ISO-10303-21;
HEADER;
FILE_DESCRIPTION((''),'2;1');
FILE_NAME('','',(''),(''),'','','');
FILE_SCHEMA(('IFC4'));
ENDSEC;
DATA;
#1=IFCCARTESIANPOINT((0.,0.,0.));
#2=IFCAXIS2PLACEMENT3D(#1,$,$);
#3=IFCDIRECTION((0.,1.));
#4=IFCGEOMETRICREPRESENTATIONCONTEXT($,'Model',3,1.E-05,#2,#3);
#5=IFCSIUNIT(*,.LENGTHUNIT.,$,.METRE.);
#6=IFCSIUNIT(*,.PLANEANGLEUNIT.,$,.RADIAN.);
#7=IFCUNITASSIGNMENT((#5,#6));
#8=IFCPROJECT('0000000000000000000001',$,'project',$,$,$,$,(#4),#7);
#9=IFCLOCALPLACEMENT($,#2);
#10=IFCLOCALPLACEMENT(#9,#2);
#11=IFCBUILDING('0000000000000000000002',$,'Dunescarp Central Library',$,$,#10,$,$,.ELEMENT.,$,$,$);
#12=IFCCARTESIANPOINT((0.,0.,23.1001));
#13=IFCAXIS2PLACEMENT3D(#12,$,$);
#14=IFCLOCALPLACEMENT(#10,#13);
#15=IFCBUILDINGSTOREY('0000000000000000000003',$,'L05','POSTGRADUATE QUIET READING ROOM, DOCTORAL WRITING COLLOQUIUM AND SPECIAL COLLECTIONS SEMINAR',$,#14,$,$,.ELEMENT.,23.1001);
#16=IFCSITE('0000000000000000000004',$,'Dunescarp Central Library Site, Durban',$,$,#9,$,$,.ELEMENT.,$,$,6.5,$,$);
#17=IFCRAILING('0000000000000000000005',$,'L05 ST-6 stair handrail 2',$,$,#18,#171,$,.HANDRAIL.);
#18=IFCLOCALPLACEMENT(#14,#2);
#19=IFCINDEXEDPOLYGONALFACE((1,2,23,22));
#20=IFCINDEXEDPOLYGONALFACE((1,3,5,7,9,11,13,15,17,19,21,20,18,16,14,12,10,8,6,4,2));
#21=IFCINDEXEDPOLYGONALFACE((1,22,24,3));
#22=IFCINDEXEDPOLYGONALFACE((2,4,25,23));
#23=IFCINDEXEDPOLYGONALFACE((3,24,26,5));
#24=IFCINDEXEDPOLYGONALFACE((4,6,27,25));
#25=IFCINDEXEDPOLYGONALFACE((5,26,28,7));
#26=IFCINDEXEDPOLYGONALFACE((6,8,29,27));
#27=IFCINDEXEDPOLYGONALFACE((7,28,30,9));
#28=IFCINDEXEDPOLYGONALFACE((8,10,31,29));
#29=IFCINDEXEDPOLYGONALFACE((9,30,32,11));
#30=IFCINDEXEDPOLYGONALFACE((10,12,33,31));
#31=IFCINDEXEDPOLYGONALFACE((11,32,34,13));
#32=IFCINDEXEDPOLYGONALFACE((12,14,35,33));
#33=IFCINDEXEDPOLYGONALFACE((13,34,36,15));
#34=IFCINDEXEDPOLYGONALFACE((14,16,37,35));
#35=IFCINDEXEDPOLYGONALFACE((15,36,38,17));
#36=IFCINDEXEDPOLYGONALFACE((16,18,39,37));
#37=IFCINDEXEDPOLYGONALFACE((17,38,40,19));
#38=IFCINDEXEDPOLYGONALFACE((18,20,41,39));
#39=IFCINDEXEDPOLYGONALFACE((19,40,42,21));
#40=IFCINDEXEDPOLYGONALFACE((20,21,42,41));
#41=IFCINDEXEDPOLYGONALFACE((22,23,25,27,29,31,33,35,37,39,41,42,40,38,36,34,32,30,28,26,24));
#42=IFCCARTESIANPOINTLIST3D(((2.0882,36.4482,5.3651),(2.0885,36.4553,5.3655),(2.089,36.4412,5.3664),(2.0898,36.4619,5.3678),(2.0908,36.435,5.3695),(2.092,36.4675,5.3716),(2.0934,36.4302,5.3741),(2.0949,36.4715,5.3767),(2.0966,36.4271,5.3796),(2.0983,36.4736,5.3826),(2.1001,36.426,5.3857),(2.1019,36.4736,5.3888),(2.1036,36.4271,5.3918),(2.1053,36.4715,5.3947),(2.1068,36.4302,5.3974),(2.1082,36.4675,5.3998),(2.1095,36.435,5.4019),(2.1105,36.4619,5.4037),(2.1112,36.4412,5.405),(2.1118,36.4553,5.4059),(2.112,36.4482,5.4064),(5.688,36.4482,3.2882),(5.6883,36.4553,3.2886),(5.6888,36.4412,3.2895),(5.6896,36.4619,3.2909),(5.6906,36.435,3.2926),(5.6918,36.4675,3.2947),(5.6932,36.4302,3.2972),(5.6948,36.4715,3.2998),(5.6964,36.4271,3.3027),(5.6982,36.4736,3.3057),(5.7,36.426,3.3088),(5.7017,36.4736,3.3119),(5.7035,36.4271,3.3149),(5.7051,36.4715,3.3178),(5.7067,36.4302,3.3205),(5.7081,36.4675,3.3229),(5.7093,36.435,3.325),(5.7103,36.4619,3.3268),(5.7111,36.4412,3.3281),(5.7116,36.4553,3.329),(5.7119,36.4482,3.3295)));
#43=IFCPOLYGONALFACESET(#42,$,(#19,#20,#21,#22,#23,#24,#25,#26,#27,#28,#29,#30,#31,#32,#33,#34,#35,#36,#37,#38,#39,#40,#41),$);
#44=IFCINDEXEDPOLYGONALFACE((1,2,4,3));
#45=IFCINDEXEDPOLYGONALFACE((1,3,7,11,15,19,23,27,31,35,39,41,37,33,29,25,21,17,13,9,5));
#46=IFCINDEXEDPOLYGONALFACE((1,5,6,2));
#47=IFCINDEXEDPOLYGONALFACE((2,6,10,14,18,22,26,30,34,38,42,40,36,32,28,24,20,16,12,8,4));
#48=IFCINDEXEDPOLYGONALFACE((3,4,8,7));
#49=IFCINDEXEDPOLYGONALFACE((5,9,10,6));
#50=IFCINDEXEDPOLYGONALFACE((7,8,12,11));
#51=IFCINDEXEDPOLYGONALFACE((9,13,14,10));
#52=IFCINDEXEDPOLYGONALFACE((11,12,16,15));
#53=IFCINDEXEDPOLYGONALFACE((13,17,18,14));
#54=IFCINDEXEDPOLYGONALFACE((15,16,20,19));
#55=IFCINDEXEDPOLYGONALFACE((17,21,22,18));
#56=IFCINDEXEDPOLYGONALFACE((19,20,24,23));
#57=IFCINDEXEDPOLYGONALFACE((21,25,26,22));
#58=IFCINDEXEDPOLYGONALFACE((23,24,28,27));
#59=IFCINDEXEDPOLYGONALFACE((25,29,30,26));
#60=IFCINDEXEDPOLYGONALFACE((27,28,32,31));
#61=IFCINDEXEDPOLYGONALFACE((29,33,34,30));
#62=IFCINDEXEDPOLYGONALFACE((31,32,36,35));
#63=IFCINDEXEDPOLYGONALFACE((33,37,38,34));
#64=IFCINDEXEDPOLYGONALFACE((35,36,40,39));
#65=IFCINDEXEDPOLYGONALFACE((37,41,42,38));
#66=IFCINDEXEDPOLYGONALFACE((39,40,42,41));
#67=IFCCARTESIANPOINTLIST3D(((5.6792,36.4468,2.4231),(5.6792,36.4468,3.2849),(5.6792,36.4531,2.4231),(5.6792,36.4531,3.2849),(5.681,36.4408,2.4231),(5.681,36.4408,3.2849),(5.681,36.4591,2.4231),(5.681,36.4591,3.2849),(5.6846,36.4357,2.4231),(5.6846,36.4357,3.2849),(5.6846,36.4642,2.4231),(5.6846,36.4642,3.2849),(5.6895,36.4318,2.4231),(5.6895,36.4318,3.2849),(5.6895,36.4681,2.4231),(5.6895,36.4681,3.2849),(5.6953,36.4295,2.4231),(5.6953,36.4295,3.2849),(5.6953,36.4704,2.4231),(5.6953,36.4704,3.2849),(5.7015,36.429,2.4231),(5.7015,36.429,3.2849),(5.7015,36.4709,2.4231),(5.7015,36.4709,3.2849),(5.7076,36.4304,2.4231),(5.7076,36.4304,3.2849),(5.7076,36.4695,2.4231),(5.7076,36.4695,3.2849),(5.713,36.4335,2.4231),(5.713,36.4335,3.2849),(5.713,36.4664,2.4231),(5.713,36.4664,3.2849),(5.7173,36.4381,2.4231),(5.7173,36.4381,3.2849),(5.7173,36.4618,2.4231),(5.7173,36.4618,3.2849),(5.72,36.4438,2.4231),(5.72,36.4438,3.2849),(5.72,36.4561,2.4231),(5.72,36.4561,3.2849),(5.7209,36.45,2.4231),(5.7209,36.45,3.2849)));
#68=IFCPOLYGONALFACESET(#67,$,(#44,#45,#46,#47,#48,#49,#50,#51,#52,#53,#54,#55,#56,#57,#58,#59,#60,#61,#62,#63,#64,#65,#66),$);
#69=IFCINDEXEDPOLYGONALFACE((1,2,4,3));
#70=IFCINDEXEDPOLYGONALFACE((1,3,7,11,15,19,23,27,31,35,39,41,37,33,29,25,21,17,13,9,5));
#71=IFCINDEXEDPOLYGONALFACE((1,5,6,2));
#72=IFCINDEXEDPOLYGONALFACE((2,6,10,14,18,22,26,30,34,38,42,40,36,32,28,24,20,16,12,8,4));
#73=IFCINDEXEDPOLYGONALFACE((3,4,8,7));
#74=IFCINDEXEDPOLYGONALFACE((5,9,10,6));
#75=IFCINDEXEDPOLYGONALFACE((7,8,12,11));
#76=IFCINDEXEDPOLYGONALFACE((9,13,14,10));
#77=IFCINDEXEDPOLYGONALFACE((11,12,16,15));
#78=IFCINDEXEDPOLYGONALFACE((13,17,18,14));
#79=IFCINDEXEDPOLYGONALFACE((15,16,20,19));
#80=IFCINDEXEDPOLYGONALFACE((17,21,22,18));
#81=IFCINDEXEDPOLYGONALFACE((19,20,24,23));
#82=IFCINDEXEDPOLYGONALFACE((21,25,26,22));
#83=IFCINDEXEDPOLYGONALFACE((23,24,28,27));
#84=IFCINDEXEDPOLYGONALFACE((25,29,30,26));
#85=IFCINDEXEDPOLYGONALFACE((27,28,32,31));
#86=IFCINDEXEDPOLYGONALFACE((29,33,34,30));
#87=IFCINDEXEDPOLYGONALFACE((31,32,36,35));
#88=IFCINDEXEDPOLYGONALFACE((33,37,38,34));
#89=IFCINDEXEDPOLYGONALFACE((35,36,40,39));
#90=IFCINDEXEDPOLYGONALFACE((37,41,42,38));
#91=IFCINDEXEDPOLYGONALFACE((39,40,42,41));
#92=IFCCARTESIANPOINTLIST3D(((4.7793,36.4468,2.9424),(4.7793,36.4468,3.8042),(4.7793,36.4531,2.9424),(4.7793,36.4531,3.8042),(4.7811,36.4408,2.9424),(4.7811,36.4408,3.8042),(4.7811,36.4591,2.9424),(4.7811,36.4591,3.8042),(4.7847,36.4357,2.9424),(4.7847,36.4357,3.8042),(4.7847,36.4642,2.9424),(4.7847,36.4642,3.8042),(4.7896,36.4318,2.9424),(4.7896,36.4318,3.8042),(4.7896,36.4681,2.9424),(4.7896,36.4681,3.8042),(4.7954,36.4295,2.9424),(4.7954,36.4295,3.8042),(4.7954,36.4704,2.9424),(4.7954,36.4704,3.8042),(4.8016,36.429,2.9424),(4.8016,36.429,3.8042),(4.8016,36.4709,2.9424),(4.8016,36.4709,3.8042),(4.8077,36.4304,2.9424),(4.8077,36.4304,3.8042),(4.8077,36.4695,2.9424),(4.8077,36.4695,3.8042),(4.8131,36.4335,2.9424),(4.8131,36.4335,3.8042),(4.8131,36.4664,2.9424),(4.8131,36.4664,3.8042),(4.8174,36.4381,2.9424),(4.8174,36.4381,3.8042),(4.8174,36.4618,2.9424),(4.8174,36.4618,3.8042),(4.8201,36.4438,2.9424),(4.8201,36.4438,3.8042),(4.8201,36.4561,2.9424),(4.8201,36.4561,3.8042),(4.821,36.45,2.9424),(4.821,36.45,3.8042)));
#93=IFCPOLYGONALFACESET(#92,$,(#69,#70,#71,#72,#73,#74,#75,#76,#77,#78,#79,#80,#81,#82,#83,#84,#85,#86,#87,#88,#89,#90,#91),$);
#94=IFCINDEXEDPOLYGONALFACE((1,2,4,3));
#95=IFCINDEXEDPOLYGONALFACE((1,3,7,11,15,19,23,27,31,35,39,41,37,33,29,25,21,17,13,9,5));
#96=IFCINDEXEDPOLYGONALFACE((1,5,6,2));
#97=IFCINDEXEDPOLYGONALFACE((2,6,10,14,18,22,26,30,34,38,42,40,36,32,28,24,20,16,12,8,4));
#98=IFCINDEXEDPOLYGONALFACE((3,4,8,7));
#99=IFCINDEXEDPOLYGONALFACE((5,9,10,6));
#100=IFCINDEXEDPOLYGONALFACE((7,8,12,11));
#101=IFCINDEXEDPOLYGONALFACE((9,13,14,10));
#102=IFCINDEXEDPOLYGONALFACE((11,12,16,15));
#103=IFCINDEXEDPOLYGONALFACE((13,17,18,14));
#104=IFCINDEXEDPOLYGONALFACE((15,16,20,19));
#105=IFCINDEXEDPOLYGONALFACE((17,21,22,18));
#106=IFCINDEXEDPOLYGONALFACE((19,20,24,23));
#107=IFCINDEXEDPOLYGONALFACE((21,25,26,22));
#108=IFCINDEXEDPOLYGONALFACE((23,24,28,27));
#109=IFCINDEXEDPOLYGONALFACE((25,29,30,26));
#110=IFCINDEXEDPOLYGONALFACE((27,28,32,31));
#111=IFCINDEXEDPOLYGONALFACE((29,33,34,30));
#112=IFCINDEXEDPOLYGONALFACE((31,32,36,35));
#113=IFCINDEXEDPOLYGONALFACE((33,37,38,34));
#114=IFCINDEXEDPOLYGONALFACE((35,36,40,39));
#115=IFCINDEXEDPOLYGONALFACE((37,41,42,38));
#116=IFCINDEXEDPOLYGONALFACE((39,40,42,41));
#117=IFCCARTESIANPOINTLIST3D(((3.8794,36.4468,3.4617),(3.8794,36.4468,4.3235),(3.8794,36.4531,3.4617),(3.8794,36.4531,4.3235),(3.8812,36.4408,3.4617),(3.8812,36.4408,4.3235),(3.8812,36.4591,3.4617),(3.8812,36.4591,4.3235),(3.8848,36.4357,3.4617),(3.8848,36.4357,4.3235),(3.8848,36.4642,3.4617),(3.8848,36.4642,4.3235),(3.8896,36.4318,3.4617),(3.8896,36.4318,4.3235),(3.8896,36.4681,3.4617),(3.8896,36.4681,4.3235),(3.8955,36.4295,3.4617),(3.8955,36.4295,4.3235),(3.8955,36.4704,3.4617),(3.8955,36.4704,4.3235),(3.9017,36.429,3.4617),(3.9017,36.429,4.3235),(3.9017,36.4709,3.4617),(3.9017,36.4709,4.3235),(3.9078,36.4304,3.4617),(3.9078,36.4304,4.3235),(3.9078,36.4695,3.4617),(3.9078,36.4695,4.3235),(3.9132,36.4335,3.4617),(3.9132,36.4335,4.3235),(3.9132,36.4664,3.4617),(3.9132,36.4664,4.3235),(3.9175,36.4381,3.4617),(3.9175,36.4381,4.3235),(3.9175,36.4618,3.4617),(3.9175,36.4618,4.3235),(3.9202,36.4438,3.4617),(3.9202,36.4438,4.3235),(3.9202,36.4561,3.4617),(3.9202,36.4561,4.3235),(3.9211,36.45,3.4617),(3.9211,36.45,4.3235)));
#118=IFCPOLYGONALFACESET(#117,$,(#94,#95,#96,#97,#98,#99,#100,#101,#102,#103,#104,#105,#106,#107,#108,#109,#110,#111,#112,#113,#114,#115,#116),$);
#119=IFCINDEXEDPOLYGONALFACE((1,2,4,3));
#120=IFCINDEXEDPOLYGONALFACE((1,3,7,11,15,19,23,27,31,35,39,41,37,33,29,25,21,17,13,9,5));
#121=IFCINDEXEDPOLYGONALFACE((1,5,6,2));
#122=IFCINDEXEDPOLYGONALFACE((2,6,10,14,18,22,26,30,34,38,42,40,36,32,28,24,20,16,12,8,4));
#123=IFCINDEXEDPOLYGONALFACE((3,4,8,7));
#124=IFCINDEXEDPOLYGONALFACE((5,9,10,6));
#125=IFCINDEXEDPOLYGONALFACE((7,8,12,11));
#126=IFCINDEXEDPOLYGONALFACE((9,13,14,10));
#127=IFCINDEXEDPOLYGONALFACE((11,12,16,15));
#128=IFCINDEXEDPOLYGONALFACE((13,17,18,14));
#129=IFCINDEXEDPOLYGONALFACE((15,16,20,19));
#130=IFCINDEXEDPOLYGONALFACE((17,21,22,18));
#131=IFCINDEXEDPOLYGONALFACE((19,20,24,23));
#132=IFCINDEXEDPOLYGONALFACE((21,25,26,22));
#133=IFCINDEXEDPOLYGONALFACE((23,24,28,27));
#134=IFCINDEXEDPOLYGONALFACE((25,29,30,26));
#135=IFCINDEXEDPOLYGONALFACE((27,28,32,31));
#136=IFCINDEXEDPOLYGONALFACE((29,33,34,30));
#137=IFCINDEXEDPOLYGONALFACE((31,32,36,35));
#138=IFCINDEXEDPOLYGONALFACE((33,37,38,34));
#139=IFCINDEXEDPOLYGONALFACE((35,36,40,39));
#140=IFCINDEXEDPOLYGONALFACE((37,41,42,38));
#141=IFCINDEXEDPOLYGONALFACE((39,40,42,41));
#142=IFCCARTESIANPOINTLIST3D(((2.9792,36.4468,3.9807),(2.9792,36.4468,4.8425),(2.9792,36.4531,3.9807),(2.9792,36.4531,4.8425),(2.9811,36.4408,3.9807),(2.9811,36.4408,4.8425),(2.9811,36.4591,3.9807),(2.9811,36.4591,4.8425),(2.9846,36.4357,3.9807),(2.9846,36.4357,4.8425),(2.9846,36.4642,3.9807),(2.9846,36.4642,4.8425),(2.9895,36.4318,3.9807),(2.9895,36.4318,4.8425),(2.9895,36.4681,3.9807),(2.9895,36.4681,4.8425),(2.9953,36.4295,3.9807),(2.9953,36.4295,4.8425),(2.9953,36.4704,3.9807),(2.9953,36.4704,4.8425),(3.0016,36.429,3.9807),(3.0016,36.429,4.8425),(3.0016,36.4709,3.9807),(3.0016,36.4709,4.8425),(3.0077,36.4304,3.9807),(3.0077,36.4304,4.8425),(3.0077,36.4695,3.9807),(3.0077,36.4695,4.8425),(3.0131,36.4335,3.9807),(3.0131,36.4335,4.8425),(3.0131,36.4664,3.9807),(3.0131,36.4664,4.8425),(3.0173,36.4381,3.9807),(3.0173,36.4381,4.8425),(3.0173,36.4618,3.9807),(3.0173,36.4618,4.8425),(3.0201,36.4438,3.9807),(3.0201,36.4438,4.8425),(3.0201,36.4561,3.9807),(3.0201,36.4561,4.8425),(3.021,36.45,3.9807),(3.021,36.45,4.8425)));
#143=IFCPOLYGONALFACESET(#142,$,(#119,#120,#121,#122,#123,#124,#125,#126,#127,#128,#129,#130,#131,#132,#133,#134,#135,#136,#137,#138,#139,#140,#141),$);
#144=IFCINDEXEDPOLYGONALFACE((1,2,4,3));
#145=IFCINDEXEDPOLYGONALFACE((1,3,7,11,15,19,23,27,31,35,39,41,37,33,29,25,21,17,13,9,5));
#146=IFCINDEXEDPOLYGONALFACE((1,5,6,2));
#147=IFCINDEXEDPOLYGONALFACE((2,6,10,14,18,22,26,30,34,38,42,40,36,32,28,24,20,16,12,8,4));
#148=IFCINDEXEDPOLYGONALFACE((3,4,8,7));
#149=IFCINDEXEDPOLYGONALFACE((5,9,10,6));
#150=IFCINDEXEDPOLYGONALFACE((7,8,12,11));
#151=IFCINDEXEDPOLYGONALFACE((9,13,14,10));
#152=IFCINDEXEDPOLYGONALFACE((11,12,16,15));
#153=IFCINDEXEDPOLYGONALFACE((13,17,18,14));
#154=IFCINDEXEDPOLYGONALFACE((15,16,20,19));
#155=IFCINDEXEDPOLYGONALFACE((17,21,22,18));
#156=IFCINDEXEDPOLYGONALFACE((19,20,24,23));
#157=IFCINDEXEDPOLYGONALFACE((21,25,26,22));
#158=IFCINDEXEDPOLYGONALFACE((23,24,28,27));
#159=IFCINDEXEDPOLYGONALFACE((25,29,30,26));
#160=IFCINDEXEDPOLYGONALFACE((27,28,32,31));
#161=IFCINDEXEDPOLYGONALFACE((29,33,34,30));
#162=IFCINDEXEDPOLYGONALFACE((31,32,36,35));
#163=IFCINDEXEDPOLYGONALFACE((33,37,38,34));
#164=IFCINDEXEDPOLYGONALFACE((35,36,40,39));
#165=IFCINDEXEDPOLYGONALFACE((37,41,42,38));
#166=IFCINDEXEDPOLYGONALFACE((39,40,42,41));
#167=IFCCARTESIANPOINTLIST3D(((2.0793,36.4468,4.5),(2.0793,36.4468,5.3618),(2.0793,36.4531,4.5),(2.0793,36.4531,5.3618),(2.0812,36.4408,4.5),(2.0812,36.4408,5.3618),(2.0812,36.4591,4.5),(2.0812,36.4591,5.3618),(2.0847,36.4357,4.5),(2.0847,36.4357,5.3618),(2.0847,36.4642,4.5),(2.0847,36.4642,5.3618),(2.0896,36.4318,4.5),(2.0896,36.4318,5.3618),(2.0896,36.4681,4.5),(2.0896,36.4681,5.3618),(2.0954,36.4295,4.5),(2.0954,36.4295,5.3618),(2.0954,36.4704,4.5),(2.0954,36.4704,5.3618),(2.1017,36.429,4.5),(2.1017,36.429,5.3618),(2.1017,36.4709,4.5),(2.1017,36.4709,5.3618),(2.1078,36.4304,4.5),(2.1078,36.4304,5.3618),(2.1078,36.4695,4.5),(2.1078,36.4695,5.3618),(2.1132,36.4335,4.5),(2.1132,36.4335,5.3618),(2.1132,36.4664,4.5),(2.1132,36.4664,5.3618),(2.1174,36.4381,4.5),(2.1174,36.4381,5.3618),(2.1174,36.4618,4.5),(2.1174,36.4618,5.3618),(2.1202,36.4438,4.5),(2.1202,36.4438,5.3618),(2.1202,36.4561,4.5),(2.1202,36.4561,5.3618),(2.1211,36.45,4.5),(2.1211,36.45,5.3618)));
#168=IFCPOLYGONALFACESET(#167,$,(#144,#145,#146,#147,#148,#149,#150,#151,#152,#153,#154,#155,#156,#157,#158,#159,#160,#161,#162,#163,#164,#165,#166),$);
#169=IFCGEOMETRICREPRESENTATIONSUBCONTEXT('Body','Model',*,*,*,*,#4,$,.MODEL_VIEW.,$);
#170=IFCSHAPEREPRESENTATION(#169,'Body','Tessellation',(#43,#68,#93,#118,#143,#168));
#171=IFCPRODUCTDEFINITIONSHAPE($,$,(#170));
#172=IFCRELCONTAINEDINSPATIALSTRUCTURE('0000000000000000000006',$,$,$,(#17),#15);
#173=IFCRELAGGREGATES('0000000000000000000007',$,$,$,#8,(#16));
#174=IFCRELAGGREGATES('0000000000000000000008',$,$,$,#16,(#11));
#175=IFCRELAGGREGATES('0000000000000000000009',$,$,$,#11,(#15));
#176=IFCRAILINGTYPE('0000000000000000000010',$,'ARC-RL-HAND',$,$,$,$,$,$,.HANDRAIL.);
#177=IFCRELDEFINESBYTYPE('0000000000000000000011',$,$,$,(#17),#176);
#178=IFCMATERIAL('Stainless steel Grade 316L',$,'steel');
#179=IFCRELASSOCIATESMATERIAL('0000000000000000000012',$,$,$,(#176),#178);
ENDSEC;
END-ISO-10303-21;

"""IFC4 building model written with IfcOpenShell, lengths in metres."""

from ifc_helpers import new_model, si_unit, direction, frame, origin, origin_2d, place, context, subcontext, project, spatial, circle, extrude, material, type_object, element, save


model = new_model("IFC4")

# Units and contexts
model_context = context("Model", 3, precision=1e-05, world=origin(), true_north=direction((0.0, 1.0)))
body_context = subcontext(model_context, "Body", "Model", "MODEL_VIEW")
ifc_project = project(units=[si_unit("LENGTHUNIT", "METRE"), si_unit("PLANEANGLEUNIT", "RADIAN")], contexts=[model_context])

# Site, building, storey
site_placement = place(None, origin())
site = spatial("IfcSite", under=ifc_project, at=site_placement, Name="Dunescarp Central Library Site, Durban", CompositionType="ELEMENT", RefElevation=6.5)
building_placement = place(site_placement, origin())
building = spatial("IfcBuilding", under=site, at=building_placement, Name="Dunescarp Central Library", CompositionType="ELEMENT")
storey_placement = place(building_placement, frame((0.0, 0.0, 23.1001)))
storey = spatial("IfcBuildingStorey", under=building, at=storey_placement, Name="L05", Description="POSTGRADUATE QUIET READING ROOM, DOCTORAL WRITING COLLOQUIUM AND SPECIAL COLLECTIONS SEMINAR", CompositionType="ELEMENT", Elevation=23.1001)

# Railing
ifc_material_1 = material(Name="Stainless steel Grade 316L", Category="steel")
railing_type = type_object("IfcRailingType", Name="ARC-RL-HAND", PredefinedType="HANDRAIL", material=ifc_material_1)
railing_placement = place(storey_placement, frame((5.7, 36.45, 2.4231)))
element("IfcRailing", 1, at=railing_placement, inside=storey, type_object=railing_type, Name="L05 ST-6 stair handrail 2", PredefinedType="HANDRAIL", context=body_context, shape_type="SweptSolid", body=[
    extrude(circle(Radius=0.0239, at=origin_2d()), frame((0.0, 0.0, 0.8857), z_axis=(-0.866179, 0.0, 0.499734), x_axis=(0.0, -1.0, 0.0)), (0.0, 0.0, 1.0), 4.156),
    extrude(circle(Radius=0.021, at=origin_2d()), origin(), (0.0, 0.0, 1.0), 0.8618),
    extrude(circle(Radius=0.021, at=origin_2d()), frame((-0.8999, 0.0, 0.5193)), (0.0, 0.0, 1.0), 0.8618),
    extrude(circle(Radius=0.021, at=origin_2d()), frame((-1.7998, 0.0, 1.0386)), (0.0, 0.0, 1.0), 0.8618),
    extrude(circle(Radius=0.021, at=origin_2d()), frame((-2.7, 0.0, 1.5576)), (0.0, 0.0, 1.0), 0.8618),
    extrude(circle(Radius=0.021, at=origin_2d()), frame((-3.5999, 0.0, 2.0769)), (0.0, 0.0, 1.0), 0.8618),
])

save(model, "model.ifc")
